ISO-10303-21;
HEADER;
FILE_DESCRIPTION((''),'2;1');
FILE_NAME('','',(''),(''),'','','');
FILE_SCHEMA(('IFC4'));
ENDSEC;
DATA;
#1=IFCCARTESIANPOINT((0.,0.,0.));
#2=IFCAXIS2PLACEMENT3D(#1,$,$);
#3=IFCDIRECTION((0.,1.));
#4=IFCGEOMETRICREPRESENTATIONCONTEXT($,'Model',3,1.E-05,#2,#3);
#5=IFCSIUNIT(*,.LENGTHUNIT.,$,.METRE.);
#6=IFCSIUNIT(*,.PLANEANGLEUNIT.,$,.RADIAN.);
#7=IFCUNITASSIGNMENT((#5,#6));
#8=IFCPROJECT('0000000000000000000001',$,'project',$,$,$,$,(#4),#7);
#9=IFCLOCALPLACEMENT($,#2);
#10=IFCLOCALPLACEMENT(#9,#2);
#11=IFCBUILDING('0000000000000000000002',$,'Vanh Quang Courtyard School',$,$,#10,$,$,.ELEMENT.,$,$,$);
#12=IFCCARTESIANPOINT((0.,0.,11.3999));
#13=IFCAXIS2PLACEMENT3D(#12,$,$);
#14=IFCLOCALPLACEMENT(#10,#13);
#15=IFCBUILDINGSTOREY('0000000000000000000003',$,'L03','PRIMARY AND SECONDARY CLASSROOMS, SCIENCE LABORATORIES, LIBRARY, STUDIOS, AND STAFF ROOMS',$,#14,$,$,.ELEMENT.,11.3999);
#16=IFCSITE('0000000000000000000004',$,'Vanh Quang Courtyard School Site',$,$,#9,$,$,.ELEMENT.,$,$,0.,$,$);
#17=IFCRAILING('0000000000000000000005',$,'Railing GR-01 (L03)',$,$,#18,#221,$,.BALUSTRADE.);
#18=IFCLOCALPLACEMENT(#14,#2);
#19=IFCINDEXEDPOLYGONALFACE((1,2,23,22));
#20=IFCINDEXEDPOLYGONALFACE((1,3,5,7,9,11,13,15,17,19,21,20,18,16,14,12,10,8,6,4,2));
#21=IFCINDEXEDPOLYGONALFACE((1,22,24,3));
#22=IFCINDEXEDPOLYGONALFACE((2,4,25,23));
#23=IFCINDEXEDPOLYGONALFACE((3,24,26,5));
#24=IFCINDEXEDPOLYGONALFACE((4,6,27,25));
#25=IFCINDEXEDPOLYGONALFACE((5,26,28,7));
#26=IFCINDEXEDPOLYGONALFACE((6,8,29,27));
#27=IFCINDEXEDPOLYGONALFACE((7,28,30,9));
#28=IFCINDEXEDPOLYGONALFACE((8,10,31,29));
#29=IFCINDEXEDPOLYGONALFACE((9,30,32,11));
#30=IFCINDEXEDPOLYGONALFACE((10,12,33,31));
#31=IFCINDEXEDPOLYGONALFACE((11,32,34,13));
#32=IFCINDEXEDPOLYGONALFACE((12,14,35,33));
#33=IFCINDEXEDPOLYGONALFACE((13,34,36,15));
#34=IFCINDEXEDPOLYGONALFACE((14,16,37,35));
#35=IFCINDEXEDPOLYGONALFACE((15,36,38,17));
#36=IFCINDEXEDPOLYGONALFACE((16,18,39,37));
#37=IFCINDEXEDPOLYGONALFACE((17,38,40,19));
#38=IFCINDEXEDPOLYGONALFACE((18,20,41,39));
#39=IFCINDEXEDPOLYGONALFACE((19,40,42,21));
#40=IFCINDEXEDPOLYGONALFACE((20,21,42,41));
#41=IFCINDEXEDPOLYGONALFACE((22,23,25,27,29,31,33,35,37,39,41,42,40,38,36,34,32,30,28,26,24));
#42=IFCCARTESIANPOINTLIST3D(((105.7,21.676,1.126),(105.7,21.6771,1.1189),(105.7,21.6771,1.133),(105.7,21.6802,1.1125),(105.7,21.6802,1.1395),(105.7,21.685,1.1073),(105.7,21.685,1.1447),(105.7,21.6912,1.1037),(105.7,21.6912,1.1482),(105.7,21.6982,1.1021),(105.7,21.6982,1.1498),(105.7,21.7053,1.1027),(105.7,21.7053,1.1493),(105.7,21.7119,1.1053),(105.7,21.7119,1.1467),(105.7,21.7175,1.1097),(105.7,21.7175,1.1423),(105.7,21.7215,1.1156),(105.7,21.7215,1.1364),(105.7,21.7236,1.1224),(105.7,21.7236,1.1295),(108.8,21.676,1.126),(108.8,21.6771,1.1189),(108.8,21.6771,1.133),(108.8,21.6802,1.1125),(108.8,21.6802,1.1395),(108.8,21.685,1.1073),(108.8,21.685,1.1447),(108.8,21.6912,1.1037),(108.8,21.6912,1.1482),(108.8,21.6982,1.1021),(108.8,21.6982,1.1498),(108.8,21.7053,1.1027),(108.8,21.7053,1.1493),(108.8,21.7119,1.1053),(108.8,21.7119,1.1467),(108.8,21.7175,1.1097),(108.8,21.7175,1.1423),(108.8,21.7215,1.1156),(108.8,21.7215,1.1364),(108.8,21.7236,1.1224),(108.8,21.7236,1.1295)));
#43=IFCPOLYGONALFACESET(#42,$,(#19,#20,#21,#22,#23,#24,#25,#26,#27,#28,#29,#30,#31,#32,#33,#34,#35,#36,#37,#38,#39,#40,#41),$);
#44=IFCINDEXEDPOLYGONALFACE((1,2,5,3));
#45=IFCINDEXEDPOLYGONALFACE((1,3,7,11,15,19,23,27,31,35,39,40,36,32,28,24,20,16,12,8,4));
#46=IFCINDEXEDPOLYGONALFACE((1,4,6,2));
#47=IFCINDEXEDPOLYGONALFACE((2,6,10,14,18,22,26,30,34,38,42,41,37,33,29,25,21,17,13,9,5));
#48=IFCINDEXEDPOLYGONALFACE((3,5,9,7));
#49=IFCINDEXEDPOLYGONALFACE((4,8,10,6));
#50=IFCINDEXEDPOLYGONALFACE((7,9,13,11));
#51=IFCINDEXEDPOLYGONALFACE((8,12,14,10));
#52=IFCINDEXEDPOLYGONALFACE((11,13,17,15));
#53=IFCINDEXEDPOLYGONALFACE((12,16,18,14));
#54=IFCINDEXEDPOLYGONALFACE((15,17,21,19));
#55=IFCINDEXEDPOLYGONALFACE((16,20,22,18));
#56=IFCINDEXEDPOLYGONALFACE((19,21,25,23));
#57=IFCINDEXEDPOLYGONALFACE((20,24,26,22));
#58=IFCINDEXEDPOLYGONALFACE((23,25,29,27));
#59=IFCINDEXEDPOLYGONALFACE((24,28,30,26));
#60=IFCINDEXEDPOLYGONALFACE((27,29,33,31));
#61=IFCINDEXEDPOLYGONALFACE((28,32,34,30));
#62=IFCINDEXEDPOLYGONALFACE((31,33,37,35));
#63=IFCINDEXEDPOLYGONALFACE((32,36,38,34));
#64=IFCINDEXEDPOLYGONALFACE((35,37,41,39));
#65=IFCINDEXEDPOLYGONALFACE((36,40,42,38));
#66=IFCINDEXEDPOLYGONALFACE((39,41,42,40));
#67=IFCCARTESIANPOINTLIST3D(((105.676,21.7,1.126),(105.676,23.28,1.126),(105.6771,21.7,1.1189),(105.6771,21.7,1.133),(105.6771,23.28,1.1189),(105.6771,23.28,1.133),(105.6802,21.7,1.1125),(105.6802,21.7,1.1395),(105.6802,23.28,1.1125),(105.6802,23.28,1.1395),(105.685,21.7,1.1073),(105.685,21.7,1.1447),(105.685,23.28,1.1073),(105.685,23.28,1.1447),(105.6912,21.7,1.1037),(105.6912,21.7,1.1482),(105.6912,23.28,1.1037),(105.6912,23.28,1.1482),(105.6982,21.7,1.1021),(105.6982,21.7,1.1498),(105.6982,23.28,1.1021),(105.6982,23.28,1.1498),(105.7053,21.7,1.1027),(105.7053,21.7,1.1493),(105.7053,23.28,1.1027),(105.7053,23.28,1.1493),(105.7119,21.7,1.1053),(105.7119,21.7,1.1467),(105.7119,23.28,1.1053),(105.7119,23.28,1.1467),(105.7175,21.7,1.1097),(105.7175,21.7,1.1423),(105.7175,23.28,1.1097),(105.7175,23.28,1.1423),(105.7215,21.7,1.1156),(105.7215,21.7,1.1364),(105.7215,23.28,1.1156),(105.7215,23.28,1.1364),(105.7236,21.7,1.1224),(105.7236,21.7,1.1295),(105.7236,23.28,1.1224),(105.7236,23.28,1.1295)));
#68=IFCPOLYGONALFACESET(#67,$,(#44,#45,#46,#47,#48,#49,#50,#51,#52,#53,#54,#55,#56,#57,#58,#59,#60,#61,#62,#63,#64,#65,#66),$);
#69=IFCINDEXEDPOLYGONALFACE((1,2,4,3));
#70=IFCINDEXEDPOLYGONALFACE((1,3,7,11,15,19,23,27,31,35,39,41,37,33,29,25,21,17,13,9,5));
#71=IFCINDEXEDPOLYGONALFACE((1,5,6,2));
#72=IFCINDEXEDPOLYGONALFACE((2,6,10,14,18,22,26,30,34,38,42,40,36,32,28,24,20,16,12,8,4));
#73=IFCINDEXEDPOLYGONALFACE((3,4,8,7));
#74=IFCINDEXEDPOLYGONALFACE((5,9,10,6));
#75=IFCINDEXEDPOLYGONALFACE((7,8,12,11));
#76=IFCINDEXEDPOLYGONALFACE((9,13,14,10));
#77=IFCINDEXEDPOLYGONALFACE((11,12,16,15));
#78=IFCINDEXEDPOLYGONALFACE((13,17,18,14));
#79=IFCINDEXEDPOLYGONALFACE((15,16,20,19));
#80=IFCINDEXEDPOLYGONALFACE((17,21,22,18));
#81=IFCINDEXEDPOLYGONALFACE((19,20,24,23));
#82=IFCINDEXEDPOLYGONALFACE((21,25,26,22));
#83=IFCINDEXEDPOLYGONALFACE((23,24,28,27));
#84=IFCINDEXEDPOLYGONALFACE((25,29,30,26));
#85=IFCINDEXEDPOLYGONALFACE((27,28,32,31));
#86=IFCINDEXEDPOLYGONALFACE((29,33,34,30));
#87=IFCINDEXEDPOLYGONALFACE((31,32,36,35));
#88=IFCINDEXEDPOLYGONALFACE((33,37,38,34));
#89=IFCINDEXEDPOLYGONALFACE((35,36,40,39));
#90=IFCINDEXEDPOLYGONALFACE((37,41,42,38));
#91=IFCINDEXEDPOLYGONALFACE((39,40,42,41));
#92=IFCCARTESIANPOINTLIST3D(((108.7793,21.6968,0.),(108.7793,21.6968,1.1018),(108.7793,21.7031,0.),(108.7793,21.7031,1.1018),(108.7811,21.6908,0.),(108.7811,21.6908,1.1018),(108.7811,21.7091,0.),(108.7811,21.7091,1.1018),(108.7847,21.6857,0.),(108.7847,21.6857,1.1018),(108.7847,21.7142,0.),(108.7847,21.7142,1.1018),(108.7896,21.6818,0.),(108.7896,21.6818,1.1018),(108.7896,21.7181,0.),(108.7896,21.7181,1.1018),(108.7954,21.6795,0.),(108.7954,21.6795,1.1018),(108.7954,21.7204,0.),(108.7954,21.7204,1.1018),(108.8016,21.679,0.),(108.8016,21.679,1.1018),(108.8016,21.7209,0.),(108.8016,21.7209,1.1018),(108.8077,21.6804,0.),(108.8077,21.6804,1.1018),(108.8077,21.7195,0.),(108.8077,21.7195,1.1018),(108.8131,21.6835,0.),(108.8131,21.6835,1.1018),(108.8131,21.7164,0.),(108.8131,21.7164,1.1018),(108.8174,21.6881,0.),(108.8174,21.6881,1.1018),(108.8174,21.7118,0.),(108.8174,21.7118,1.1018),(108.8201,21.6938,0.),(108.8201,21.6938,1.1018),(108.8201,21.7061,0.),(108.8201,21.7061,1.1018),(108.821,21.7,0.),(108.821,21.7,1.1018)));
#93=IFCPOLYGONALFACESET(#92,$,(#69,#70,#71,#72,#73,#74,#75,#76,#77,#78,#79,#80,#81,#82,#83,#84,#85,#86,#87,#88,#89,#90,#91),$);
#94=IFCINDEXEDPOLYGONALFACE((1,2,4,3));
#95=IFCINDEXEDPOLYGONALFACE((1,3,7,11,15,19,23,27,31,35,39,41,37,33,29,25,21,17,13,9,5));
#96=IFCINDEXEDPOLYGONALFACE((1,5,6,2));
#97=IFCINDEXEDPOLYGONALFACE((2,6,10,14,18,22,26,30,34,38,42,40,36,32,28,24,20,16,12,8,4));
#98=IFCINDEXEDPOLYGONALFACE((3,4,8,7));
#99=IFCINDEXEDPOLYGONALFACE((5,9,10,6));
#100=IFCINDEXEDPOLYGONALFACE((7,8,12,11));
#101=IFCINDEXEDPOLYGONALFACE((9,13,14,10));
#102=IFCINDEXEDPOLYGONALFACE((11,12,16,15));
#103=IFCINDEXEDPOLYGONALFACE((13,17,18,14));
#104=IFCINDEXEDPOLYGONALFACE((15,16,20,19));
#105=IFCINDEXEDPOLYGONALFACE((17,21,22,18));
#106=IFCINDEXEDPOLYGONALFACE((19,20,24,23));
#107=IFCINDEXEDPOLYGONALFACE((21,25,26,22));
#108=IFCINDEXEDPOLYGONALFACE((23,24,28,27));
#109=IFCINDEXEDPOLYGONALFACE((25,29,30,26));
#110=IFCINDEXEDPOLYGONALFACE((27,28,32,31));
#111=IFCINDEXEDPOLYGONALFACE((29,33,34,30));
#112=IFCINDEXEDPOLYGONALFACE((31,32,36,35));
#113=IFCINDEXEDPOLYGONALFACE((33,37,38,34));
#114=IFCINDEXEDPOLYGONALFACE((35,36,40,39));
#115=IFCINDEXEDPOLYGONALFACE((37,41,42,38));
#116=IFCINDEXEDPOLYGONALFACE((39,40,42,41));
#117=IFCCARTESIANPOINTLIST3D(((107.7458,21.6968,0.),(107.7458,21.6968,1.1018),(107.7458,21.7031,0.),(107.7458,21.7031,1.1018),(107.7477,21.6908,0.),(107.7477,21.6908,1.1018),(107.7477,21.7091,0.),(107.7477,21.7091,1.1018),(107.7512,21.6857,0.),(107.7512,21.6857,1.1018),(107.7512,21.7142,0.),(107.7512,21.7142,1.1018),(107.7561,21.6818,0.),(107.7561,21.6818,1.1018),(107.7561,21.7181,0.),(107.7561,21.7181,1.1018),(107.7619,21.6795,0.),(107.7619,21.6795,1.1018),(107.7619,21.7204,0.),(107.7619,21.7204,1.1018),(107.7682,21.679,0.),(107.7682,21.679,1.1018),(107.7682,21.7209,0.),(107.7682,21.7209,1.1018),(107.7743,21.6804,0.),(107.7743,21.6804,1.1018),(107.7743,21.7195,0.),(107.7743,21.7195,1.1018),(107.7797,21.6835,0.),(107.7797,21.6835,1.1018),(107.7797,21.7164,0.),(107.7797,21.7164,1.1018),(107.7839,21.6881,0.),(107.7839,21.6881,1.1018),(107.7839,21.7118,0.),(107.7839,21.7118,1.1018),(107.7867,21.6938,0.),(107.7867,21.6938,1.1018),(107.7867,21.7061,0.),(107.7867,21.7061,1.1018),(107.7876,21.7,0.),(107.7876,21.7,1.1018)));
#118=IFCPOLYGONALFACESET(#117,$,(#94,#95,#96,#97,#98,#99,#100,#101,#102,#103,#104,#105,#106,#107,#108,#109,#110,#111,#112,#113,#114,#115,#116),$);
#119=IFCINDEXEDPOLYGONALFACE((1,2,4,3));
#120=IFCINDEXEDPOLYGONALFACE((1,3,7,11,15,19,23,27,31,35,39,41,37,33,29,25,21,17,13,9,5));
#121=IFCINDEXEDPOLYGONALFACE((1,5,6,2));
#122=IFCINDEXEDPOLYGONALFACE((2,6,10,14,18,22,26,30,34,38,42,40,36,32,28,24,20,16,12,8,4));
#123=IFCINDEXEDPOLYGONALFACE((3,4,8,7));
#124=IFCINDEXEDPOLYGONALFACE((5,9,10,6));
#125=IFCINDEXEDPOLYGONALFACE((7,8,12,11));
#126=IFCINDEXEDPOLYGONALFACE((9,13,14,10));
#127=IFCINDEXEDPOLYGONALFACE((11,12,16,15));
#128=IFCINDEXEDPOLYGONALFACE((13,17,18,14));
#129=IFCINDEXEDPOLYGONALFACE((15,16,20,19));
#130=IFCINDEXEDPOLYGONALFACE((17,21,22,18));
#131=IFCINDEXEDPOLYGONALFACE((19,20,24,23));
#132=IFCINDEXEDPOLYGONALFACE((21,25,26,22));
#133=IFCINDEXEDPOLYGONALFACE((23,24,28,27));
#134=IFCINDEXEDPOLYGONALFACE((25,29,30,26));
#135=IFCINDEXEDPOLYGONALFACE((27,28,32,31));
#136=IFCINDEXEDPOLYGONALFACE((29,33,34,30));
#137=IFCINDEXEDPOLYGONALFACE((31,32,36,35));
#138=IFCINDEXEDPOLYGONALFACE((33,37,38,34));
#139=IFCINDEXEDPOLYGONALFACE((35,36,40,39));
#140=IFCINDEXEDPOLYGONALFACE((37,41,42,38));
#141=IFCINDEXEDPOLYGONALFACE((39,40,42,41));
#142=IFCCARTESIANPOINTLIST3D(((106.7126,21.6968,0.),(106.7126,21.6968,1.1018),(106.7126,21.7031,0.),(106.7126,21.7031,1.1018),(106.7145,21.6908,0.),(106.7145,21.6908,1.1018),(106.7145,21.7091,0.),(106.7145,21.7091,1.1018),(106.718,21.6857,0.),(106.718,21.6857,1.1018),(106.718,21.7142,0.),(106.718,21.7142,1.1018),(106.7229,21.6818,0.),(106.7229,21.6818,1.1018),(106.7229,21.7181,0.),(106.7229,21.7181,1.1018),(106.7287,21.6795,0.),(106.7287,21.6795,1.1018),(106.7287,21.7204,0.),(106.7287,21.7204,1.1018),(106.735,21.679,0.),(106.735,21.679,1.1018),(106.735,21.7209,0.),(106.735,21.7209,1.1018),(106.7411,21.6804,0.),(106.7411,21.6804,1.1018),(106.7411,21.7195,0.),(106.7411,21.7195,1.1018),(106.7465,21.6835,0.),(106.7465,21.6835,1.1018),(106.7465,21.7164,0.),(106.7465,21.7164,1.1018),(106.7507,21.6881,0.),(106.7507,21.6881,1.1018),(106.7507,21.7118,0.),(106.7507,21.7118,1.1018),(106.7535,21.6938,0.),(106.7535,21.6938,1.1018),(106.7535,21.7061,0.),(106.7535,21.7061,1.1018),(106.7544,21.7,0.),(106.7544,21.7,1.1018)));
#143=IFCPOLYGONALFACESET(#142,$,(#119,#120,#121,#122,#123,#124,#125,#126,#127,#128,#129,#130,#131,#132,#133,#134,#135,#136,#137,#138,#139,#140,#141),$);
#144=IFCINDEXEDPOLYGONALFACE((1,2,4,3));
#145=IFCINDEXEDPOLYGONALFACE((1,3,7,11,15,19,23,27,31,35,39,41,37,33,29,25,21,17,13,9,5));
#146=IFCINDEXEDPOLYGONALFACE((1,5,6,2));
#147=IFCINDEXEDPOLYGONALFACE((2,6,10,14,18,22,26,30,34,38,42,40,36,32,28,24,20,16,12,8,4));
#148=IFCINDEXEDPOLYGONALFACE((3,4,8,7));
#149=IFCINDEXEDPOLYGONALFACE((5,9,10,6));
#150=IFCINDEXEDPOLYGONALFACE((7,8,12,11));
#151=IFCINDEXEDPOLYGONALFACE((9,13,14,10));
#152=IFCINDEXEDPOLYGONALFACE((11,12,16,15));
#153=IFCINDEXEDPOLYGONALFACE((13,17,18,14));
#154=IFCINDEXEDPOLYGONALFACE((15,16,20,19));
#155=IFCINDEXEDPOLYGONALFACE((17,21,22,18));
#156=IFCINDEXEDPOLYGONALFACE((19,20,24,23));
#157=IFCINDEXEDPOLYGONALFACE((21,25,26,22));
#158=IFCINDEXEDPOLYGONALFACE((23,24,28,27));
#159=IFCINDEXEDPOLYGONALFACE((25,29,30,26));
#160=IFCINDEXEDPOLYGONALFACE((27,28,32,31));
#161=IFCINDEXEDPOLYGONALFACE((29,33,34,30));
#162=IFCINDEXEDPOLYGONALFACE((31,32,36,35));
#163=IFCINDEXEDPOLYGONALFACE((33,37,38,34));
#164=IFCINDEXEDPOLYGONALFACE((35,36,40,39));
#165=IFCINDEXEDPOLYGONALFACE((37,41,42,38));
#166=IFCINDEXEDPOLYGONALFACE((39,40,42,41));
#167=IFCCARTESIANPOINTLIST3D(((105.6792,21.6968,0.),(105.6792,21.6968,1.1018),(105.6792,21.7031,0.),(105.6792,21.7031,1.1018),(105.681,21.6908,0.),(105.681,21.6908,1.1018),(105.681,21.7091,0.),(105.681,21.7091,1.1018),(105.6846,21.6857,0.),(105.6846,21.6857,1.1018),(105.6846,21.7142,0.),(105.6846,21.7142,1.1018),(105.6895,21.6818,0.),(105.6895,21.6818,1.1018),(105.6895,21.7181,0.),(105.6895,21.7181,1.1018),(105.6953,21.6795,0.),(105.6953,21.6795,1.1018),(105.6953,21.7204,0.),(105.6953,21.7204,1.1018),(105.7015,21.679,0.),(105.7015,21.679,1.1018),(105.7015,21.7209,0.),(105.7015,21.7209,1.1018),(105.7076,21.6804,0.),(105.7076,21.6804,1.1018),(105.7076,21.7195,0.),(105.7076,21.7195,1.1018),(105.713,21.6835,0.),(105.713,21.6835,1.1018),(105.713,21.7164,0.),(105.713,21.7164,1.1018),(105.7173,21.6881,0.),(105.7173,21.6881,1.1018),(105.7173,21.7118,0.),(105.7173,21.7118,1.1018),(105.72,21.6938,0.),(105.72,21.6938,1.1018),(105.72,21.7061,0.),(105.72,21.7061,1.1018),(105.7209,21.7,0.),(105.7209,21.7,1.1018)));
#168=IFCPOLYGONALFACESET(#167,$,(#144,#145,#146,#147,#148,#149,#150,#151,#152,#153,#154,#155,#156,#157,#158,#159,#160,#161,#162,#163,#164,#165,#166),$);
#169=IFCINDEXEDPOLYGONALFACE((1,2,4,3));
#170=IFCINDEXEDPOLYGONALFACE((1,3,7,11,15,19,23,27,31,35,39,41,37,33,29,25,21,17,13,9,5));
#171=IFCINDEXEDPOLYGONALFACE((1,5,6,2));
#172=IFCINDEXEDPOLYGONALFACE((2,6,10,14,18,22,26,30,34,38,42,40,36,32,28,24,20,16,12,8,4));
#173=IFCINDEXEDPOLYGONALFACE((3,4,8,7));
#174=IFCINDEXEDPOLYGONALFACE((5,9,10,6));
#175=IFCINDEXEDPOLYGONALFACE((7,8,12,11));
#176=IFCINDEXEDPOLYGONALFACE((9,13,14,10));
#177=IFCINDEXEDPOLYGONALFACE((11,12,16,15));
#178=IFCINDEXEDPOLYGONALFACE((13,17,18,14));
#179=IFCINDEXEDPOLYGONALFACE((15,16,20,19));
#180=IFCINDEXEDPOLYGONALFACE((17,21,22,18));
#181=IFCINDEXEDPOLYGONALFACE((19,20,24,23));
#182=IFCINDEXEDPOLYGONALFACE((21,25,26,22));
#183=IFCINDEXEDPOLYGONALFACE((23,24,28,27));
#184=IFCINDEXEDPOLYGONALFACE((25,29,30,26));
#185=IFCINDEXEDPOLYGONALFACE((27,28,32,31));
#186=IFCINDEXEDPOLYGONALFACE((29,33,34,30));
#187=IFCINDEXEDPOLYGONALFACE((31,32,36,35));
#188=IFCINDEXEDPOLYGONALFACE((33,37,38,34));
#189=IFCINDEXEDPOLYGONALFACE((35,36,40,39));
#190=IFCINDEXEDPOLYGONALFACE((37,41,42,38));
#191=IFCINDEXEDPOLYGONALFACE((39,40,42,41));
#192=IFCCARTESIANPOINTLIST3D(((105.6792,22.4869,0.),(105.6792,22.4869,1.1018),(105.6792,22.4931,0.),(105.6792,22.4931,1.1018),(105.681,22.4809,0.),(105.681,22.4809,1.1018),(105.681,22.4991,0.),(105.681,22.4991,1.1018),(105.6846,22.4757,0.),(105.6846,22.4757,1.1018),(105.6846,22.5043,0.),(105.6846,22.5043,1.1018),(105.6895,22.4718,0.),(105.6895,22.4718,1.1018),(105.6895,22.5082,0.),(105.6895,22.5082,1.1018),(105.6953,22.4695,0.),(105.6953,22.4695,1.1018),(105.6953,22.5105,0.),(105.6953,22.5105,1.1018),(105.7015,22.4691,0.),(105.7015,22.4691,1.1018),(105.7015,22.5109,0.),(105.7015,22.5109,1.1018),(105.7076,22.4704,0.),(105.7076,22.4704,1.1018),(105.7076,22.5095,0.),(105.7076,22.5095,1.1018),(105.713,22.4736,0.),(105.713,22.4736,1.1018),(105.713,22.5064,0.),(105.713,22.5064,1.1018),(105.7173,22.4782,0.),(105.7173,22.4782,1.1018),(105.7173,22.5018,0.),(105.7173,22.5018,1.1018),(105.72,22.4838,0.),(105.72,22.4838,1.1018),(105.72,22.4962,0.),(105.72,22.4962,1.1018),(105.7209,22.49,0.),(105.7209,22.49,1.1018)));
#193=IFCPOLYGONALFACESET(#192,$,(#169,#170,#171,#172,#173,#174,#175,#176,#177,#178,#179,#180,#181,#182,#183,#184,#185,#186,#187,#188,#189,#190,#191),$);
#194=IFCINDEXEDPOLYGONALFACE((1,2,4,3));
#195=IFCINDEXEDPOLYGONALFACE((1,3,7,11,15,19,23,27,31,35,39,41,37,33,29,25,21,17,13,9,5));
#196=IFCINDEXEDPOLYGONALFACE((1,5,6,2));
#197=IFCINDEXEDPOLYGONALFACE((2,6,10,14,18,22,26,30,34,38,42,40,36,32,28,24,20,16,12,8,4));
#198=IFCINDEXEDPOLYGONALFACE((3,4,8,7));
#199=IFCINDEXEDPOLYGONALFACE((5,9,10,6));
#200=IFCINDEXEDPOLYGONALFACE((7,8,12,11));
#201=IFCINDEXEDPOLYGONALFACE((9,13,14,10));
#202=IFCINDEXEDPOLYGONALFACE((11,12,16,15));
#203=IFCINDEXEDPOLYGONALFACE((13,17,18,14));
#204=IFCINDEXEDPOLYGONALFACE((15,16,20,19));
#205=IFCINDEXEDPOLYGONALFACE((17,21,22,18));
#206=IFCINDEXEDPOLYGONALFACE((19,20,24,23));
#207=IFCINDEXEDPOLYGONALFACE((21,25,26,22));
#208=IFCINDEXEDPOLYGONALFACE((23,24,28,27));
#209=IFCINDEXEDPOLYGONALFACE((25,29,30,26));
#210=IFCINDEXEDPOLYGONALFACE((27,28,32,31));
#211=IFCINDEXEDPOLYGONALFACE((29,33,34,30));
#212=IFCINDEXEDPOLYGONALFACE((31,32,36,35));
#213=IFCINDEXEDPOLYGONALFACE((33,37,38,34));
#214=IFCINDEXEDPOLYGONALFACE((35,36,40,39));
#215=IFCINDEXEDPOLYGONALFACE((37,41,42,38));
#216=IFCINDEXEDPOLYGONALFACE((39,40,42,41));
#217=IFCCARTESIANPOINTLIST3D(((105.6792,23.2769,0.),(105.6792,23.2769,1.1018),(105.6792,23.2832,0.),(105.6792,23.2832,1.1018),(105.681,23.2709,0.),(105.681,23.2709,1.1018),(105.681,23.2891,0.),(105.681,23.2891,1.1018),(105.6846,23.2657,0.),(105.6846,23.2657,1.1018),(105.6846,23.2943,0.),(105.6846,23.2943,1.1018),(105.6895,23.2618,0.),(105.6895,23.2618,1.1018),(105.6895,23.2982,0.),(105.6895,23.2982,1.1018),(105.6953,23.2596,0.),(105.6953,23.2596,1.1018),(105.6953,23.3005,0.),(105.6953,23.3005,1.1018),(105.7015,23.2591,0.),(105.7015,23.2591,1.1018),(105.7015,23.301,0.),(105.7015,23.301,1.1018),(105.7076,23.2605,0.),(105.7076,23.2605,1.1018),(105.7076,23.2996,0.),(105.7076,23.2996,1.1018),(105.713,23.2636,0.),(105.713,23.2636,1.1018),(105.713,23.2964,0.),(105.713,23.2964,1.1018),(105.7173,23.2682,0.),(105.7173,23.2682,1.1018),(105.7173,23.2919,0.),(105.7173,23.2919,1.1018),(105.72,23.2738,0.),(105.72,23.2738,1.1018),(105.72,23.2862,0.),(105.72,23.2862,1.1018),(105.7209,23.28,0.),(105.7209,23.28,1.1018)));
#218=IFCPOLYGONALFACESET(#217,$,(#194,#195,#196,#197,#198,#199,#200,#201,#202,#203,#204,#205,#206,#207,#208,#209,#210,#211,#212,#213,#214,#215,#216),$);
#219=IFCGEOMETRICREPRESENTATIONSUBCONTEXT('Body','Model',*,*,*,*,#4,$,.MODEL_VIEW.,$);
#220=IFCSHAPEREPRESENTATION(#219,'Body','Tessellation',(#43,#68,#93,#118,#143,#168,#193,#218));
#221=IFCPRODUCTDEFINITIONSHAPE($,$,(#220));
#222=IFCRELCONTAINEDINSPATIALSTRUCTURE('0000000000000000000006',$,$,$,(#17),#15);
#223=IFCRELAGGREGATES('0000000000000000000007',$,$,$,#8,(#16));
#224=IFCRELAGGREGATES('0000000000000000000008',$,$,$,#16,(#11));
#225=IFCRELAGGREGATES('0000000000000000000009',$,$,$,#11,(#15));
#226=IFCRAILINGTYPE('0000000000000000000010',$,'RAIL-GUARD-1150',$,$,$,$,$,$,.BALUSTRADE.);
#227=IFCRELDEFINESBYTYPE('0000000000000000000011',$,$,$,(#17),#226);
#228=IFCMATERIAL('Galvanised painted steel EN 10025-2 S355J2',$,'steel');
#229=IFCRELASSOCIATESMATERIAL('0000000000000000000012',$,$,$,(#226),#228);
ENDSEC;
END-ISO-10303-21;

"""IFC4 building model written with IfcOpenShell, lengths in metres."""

from ifc_helpers import new_model, si_unit, direction, frame, origin, origin_2d, place, context, subcontext, project, spatial, circle, extrude, material, type_object, element, save


model = new_model("IFC4")

# Units and contexts
model_context = context("Model", 3, precision=1e-05, world=origin(), true_north=direction((0.0, 1.0)))
body_context = subcontext(model_context, "Body", "Model", "MODEL_VIEW")
ifc_project = project(units=[si_unit("LENGTHUNIT", "METRE"), si_unit("PLANEANGLEUNIT", "RADIAN")], contexts=[model_context])

# Site, building, storey
site_placement = place(None, origin())
site = spatial("IfcSite", under=ifc_project, at=site_placement, Name="Vanh Quang Courtyard School Site", CompositionType="ELEMENT", RefElevation=0.0)
building_placement = place(site_placement, origin())
building = spatial("IfcBuilding", under=site, at=building_placement, Name="Vanh Quang Courtyard School", CompositionType="ELEMENT")
storey_placement = place(building_placement, frame((0.0, 0.0, 11.3999)))
storey = spatial("IfcBuildingStorey", under=building, at=storey_placement, Name="L03", Description="PRIMARY AND SECONDARY CLASSROOMS, SCIENCE LABORATORIES, LIBRARY, STUDIOS, AND STAFF ROOMS", CompositionType="ELEMENT", Elevation=11.3999)

# Railing
ifc_material_1 = material(Name="Galvanised painted steel EN 10025-2 S355J2", Category="steel")
railing_type = type_object("IfcRailingType", Name="RAIL-GUARD-1150", PredefinedType="BALUSTRADE", material=ifc_material_1)
railing_1_placement = place(storey_placement, frame((108.8, 21.7, 0.0)))
element("IfcRailing", 1, at=railing_1_placement, inside=storey, type_object=railing_type, Name="Railing GR-01 (L03)", PredefinedType="BALUSTRADE", context=body_context, shape_type="SweptSolid", body=[
    extrude(circle(Radius=0.0239, at=origin_2d()), frame((0.0, 0.0, 1.126), z_axis=(-1.0, 0.0, 0.0), x_axis=(0.0, -1.0, 0.0)), (0.0, 0.0, 1.0), 3.1001),
    extrude(circle(Radius=0.0239, at=origin_2d()), frame((-3.1001, 0.0, 1.126), z_axis=(0.0, 1.0, 0.0), x_axis=(-1.0, 0.0, 0.0)), (0.0, 0.0, 1.0), 1.5801),
    extrude(circle(Radius=0.021, at=origin_2d()), origin(), (0.0, 0.0, 1.0), 1.1018),
    extrude(circle(Radius=0.021, at=origin_2d()), frame((-1.0334, 0.0, 0.0)), (0.0, 0.0, 1.0), 1.1018),
    extrude(circle(Radius=0.021, at=origin_2d()), frame((-2.0667, 0.0, 0.0)), (0.0, 0.0, 1.0), 1.1018),
    extrude(circle(Radius=0.021, at=origin_2d()), frame((-3.1001, 0.0, 0.0)), (0.0, 0.0, 1.0), 1.1018),
    extrude(circle(Radius=0.021, at=origin_2d()), frame((-3.1001, 0.79, 0.0)), (0.0, 0.0, 1.0), 1.1018),
    extrude(circle(Radius=0.021, at=origin_2d()), frame((-3.1001, 1.5801, 0.0)), (0.0, 0.0, 1.0), 1.1018),
])

save(model, "model.ifc")
